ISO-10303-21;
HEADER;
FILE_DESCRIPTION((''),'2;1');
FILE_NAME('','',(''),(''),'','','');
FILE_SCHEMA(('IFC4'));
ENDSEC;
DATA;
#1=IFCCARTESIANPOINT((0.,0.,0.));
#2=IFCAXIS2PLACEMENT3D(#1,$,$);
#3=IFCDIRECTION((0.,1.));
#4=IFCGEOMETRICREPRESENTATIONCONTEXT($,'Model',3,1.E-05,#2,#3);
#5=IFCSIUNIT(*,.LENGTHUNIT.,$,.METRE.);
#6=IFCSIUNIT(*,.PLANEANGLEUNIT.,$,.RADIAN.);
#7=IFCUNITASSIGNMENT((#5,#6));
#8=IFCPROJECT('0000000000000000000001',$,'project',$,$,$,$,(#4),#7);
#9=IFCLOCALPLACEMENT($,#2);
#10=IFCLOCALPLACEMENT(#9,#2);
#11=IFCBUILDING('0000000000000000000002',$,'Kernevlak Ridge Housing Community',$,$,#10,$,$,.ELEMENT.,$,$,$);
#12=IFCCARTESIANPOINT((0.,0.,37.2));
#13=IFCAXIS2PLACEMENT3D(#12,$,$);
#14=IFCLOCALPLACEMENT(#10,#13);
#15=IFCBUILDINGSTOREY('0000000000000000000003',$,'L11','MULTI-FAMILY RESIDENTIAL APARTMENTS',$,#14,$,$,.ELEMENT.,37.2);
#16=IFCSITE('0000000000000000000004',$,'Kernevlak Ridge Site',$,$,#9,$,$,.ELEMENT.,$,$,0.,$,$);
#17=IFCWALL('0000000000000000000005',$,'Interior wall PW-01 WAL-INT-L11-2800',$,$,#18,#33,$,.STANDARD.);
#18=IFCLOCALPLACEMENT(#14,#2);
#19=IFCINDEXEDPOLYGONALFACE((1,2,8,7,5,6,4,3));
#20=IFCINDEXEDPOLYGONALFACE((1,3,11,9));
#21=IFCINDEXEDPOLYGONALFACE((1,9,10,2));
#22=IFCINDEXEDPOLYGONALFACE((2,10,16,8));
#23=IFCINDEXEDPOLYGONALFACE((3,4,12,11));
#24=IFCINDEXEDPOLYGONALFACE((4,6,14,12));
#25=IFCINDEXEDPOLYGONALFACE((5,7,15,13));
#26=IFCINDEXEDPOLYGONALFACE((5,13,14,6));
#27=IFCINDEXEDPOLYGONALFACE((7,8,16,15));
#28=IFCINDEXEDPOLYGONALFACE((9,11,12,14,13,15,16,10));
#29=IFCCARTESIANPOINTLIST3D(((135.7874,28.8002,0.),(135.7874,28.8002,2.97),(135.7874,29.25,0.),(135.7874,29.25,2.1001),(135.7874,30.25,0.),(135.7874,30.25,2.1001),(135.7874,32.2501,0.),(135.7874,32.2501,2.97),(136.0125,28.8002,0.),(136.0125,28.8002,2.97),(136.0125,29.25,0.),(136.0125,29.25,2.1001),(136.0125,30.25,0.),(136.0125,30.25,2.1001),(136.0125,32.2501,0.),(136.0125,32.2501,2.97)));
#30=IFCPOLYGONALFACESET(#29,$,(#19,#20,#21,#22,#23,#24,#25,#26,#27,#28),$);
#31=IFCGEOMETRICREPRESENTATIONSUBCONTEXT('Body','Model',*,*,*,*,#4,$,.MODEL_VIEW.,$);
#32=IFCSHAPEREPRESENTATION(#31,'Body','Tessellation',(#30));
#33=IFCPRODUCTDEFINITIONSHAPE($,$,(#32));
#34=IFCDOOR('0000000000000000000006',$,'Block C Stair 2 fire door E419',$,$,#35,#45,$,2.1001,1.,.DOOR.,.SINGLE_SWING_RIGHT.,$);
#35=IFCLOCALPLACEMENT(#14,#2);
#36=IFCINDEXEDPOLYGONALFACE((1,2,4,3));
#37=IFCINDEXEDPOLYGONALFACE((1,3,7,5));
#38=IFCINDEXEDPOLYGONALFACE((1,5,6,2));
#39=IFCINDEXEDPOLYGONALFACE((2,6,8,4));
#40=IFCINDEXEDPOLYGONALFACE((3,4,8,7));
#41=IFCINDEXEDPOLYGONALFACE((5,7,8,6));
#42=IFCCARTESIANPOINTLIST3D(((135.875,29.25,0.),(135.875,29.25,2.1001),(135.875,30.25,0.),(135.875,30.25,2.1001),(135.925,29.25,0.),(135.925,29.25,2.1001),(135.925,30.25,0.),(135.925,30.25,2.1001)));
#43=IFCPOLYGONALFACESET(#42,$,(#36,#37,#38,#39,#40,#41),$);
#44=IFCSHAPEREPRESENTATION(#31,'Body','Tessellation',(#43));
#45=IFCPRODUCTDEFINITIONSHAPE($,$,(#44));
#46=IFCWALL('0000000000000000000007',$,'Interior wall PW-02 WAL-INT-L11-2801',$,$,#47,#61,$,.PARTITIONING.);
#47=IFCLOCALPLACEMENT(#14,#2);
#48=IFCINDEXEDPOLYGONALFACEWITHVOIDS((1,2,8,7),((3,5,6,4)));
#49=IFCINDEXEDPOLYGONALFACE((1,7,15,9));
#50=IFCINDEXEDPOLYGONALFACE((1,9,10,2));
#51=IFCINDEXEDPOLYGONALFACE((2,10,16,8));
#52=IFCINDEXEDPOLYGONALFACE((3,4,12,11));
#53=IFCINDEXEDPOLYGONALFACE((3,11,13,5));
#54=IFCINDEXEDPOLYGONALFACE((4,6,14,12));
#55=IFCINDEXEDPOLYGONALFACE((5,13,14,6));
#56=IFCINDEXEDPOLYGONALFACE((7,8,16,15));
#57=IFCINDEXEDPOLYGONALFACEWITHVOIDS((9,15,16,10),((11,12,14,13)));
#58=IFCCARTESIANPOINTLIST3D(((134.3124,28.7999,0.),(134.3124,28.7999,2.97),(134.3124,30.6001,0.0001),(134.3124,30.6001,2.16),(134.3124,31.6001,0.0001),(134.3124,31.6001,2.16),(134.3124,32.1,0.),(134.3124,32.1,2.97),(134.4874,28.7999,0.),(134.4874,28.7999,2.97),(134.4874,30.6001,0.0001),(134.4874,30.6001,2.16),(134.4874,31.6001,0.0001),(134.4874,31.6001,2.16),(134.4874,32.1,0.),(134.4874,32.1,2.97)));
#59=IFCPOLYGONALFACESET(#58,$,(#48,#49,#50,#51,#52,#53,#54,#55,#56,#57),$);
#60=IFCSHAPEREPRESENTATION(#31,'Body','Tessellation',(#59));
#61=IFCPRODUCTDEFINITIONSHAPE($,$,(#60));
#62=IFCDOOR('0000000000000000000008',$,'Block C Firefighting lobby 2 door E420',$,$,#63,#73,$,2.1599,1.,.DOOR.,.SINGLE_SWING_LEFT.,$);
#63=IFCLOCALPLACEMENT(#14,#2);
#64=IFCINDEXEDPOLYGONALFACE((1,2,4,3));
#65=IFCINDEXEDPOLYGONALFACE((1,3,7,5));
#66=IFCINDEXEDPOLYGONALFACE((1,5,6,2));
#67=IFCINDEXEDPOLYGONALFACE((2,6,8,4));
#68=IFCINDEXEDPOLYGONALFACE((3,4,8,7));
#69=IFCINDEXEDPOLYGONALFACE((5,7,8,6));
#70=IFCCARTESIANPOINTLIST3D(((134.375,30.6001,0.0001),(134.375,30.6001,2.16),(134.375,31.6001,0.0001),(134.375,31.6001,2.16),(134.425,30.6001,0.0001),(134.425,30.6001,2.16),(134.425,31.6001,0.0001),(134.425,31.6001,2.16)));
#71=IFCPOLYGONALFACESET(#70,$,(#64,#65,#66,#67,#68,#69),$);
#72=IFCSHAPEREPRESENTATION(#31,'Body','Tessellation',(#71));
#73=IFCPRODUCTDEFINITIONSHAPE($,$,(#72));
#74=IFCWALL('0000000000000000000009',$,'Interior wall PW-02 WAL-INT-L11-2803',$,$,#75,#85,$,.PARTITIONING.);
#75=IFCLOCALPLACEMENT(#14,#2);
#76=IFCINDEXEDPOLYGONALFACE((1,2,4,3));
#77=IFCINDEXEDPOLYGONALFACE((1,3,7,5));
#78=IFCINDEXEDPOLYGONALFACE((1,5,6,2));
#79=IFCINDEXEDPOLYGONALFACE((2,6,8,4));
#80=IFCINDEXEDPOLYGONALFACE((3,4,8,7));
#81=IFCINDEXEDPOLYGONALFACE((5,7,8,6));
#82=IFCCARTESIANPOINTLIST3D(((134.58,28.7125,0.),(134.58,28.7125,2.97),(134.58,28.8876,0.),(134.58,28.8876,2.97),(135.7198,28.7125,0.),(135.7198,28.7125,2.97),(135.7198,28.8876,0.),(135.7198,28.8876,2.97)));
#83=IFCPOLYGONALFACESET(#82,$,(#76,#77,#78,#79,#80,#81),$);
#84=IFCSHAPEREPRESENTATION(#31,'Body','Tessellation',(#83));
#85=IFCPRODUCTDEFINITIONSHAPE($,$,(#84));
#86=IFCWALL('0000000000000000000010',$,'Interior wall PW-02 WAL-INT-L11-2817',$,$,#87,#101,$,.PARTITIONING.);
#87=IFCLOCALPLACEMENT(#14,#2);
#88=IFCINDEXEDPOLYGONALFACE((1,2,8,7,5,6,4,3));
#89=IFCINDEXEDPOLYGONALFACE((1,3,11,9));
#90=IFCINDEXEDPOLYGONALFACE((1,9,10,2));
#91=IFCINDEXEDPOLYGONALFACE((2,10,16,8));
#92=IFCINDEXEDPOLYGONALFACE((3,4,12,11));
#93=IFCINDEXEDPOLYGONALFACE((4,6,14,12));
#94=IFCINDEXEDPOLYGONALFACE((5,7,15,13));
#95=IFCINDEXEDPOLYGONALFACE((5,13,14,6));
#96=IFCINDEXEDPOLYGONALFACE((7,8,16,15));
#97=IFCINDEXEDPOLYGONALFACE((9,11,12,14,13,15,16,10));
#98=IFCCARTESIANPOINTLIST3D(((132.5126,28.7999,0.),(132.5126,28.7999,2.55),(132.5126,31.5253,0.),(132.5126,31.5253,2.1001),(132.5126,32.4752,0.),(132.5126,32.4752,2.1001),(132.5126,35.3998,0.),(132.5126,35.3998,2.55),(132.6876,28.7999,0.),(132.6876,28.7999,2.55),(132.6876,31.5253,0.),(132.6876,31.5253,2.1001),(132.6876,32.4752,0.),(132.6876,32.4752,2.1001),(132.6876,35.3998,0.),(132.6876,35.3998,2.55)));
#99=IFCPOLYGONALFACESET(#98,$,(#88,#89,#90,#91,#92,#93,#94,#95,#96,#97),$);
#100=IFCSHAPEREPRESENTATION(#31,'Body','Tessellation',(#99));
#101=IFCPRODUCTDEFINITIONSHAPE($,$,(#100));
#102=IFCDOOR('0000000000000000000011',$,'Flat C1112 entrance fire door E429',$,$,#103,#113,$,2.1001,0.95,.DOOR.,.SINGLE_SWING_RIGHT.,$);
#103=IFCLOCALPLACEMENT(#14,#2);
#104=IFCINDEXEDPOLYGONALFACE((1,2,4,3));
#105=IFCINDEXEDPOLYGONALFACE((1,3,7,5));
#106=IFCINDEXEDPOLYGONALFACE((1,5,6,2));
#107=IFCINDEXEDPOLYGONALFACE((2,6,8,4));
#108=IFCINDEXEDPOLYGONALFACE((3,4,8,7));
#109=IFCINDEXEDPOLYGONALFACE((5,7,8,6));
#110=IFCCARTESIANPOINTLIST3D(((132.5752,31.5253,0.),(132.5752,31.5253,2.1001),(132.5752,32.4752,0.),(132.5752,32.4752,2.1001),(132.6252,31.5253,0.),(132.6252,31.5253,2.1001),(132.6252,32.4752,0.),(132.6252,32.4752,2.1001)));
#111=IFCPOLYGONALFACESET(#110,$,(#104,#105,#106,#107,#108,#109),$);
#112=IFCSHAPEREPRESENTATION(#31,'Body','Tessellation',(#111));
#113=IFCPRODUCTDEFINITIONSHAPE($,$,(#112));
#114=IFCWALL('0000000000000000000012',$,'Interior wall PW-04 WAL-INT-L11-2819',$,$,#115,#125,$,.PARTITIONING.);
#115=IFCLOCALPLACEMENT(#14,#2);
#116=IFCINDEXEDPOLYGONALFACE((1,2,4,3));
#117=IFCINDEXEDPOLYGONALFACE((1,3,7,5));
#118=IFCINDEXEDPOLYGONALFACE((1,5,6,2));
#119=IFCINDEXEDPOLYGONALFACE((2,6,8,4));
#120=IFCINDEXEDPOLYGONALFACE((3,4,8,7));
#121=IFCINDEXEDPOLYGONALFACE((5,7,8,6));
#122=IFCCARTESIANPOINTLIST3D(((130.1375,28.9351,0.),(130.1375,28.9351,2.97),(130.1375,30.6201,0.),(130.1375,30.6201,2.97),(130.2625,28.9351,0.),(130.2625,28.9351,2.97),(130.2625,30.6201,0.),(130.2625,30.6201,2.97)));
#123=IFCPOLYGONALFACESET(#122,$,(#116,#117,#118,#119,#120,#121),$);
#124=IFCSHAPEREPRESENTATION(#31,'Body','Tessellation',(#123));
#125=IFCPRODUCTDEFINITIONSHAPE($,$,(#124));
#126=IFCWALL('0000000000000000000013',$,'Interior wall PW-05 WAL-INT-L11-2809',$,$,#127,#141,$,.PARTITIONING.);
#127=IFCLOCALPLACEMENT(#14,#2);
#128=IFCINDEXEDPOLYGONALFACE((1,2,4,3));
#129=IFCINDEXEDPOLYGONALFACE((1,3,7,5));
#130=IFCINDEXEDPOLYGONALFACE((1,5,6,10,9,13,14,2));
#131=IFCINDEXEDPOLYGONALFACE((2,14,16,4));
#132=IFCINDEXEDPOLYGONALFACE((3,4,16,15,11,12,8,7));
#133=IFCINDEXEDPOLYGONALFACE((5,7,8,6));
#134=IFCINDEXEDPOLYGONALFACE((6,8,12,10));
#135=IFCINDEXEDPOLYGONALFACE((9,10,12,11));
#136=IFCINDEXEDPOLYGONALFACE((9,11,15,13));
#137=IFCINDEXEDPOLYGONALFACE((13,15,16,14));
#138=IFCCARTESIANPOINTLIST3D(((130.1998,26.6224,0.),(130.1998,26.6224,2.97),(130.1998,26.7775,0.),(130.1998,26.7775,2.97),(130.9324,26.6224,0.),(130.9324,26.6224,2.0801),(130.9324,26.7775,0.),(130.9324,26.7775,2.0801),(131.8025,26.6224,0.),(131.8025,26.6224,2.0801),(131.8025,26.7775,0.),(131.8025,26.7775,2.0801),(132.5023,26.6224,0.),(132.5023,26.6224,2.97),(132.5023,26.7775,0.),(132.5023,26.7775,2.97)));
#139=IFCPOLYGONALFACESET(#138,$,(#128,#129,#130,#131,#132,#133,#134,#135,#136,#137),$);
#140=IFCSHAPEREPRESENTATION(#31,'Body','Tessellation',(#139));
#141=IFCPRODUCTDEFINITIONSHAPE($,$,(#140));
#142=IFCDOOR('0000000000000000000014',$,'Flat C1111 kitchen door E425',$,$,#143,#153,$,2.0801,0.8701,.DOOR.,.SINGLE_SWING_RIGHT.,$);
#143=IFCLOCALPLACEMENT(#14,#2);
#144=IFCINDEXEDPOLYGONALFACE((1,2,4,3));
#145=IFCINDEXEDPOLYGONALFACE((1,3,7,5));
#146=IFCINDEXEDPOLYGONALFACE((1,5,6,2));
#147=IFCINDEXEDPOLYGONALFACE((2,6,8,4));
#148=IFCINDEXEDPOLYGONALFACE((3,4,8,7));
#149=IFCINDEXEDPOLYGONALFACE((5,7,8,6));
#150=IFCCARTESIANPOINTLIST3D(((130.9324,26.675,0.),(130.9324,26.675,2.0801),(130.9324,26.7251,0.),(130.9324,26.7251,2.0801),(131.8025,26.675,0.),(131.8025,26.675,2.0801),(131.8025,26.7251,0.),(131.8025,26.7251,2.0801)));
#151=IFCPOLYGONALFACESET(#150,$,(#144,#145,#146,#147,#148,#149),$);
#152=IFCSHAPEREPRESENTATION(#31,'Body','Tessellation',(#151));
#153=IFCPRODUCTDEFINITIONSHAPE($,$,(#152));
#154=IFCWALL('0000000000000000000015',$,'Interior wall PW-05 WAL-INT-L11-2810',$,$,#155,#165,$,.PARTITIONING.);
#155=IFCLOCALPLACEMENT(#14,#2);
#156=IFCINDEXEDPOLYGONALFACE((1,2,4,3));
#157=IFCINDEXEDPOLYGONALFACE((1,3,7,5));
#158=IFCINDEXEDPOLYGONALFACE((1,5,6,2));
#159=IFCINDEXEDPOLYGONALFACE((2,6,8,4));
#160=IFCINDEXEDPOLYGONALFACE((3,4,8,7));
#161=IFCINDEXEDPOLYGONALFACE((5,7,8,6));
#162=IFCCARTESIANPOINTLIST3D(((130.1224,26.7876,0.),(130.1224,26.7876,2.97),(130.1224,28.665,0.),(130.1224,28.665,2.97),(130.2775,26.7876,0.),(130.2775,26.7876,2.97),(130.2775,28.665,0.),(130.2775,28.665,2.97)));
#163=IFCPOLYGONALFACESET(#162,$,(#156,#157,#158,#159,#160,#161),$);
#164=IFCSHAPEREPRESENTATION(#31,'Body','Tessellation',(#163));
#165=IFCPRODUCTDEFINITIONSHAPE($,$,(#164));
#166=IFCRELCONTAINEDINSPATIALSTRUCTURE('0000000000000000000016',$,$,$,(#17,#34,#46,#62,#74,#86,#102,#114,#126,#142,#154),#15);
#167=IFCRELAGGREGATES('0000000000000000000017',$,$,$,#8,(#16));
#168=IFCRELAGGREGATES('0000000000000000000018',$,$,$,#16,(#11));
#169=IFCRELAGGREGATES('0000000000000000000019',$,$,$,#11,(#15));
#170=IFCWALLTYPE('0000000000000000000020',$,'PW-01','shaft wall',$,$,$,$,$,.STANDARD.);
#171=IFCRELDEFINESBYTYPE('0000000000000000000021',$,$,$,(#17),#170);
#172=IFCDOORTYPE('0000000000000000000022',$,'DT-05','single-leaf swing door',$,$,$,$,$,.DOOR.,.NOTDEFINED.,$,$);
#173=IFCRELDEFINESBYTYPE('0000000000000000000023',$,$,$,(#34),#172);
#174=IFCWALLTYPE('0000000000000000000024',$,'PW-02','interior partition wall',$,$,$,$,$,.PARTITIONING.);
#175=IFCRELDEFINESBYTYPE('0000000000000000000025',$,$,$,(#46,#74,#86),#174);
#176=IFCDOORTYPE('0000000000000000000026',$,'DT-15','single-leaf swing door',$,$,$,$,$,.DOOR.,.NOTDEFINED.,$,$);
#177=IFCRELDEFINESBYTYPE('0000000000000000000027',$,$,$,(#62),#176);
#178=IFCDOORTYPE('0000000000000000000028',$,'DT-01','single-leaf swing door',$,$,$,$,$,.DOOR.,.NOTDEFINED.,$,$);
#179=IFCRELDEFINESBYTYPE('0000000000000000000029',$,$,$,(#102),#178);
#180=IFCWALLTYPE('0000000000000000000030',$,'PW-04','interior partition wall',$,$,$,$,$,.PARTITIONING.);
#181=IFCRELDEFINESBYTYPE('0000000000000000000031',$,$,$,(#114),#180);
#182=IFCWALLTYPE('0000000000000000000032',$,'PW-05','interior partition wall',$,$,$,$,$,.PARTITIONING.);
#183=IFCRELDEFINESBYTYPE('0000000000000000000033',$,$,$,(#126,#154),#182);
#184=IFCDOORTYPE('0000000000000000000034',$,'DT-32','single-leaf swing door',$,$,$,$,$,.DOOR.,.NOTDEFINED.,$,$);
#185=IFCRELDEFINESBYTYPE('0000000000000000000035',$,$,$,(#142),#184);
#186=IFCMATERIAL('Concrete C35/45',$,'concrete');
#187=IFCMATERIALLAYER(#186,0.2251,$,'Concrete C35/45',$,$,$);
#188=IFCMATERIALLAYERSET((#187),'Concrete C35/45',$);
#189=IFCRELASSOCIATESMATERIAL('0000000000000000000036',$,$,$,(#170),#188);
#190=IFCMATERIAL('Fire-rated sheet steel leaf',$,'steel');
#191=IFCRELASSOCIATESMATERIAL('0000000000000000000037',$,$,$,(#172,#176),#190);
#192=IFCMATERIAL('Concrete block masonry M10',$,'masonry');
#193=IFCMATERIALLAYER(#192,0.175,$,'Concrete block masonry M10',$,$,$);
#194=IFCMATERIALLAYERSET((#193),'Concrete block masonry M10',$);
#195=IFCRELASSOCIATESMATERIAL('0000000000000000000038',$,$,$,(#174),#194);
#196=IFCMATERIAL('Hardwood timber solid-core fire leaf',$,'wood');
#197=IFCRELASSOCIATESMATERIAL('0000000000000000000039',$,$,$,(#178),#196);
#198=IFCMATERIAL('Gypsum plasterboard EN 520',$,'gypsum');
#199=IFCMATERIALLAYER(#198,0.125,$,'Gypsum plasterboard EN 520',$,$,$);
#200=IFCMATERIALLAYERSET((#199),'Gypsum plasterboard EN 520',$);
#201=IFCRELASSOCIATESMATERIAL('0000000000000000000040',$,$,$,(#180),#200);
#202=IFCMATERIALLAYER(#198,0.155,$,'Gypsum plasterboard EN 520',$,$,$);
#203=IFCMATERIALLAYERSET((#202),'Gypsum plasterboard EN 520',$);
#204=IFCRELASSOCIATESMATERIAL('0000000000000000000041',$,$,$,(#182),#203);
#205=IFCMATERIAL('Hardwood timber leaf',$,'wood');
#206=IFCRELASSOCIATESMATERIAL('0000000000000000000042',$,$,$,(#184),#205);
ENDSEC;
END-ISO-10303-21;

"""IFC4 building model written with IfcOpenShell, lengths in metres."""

from ifc_helpers import new_model, si_unit, direction, frame, frame_2d, origin, place, context, subcontext, project, spatial, rectangle, extrude, material, layer, layer_set, type_object, element, fill, save


model = new_model("IFC4")

# Units and contexts
model_context = context("Model", 3, precision=1e-05, world=origin(), true_north=direction((0.0, 1.0)))
body_context = subcontext(model_context, "Body", "Model", "MODEL_VIEW")
ifc_project = project(units=[si_unit("LENGTHUNIT", "METRE"), si_unit("PLANEANGLEUNIT", "RADIAN")], contexts=[model_context])

# Site, building, storey
site_placement = place(None, origin())
site = spatial("IfcSite", under=ifc_project, at=site_placement, Name="Kernevlak Ridge Site", CompositionType="ELEMENT", RefElevation=0.0)
building_placement = place(site_placement, origin())
building = spatial("IfcBuilding", under=site, at=building_placement, Name="Kernevlak Ridge Housing Community", CompositionType="ELEMENT")
storey_placement = place(building_placement, frame((0.0, 0.0, 37.2)))
storey = spatial("IfcBuildingStorey", under=building, at=storey_placement, Name="L11", Description="MULTI-FAMILY RESIDENTIAL APARTMENTS", CompositionType="ELEMENT", Elevation=37.2)

# Shared definitions
ifc_material_1 = material(Name="Concrete C35/45", Category="concrete")

# Shared definitions
ifc_material_2 = material(Name="Concrete block masonry M10", Category="masonry")

# Shared definitions
ifc_layer_1 = layer(ifc_material_1, 0.2251, Name="Concrete C35/45")
ifc_layer_set_1 = layer_set([ifc_layer_1], Name="Concrete C35/45")
wall_type_1 = type_object("IfcWallType", Name="PW-01", Description="shaft wall", PredefinedType="STANDARD", material=ifc_layer_set_1)

# Walls, openings, doors
wall_1_placement = place(storey_placement, frame((135.8999, 28.8, 0.0), z_axis=(0.0, 0.0, 1.0), x_axis=(0.0, 1.0, 0.0)))
wall_1 = element("IfcWall", 1, at=wall_1_placement, inside=storey, type_object=wall_type_1, Name="Interior wall PW-01 WAL-INT-L11-2800", PredefinedType="STANDARD", context=body_context, shape_type="SweptSolid", body=[
    extrude(rectangle(XDim=3.45, YDim=0.2251, at=frame_2d((1.7251, 0.0))), origin(), (0.0, 0.0, 1.0), 2.97),
])
opening_1_placement = place(wall_1_placement, frame((0.45, 0.0, 0.0)))
opening_1 = element("IfcOpeningElement", 2, at=opening_1_placement, cuts=wall_1, PredefinedType="OPENING", context=body_context, shape_type="SweptSolid", body=[
    extrude(rectangle(XDim=1.0, YDim=2.1001, at=frame_2d((0.5, 1.05))), frame((0.0, 0.1226, 0.0), z_axis=(0.0, -1.0, 0.0), x_axis=(1.0, 0.0, 0.0)), (0.0, 0.0, 1.0), 0.2451),
])
ifc_material_3 = material(Name="Fire-rated sheet steel leaf", Category="steel")
door_type_1 = type_object("IfcDoorType", Name="DT-05", Description="single-leaf swing door", OperationType="NOTDEFINED", PredefinedType="DOOR", material=ifc_material_3)
door_1_placement = place(opening_1_placement, origin())
door_1 = element("IfcDoor", 3, at=door_1_placement, inside=storey, type_object=door_type_1, Name="Block C Stair 2 fire door E419", OperationType="SINGLE_SWING_RIGHT", OverallHeight=2.1001, OverallWidth=1.0, PredefinedType="DOOR", context=body_context, shape_type="SweptSolid", body=[
    extrude(rectangle(XDim=1.0, YDim=2.1001, at=frame_2d((0.5, 1.05))), frame((0.0, 0.0249, 0.0), z_axis=(0.0, -1.0, 0.0), x_axis=(1.0, 0.0, 0.0)), (0.0, 0.0, 1.0), 0.05),
])
fill(opening_1, door_1)
ifc_layer_2 = layer(ifc_material_2, 0.175, Name="Concrete block masonry M10")
ifc_layer_set_2 = layer_set([ifc_layer_2], Name="Concrete block masonry M10")
wall_type_2 = type_object("IfcWallType", Name="PW-02", Description="interior partition wall", PredefinedType="PARTITIONING", material=ifc_layer_set_2)
wall_2_placement = place(storey_placement, frame((134.3999, 28.8, 0.0), z_axis=(0.0, 0.0, 1.0), x_axis=(0.0, 1.0, 0.0)))
wall_2 = element("IfcWall", 4, at=wall_2_placement, inside=storey, type_object=wall_type_2, Name="Interior wall PW-02 WAL-INT-L11-2801", PredefinedType="PARTITIONING", context=body_context, shape_type="SweptSolid", body=[
    extrude(rectangle(XDim=3.3, YDim=0.175, at=frame_2d((1.6499, 0.0))), origin(), (0.0, 0.0, 1.0), 2.97),
])
opening_2_placement = place(wall_2_placement, frame((1.8, 0.0, 0.0)))
opening_2 = element("IfcOpeningElement", 5, at=opening_2_placement, cuts=wall_2, PredefinedType="OPENING", context=body_context, shape_type="SweptSolid", body=[
    extrude(rectangle(XDim=1.0, YDim=2.1599, at=frame_2d((0.5, 1.0801))), frame((0.0, 0.0974, 0.0), z_axis=(0.0, -1.0, 0.0), x_axis=(1.0, 0.0, 0.0)), (0.0, 0.0, 1.0), 0.1951),
])
door_type_2 = type_object("IfcDoorType", Name="DT-15", Description="single-leaf swing door", OperationType="NOTDEFINED", PredefinedType="DOOR", material=ifc_material_3)
door_2_placement = place(opening_2_placement, origin())
door_2 = element("IfcDoor", 6, at=door_2_placement, inside=storey, type_object=door_type_2, Name="Block C Firefighting lobby 2 door E420", OperationType="SINGLE_SWING_LEFT", OverallHeight=2.1599, OverallWidth=1.0, PredefinedType="DOOR", context=body_context, shape_type="SweptSolid", body=[
    extrude(rectangle(XDim=1.0, YDim=2.1599, at=frame_2d((0.5, 1.0801))), frame((0.0, 0.0249, 0.0), z_axis=(0.0, -1.0, 0.0), x_axis=(1.0, 0.0, 0.0)), (0.0, 0.0, 1.0), 0.05),
])
fill(opening_2, door_2)

# Wall
wall_3_placement = place(storey_placement, frame((134.5801, 28.8, 0.0), z_axis=(0.0, 0.0, 1.0), x_axis=(1.0, 0.0, 0.0)))
element("IfcWall", 7, at=wall_3_placement, inside=storey, type_object=wall_type_2, Name="Interior wall PW-02 WAL-INT-L11-2803", PredefinedType="PARTITIONING", context=body_context, shape_type="SweptSolid", body=[
    extrude(rectangle(XDim=1.1399, YDim=0.175, at=frame_2d((0.5698, 0.0))), origin(), (0.0, 0.0, 1.0), 2.97),
])

# Wall, opening, door
wall_4_placement = place(storey_placement, frame((132.6001, 28.8, 0.0), z_axis=(0.0, 0.0, 1.0), x_axis=(0.0, 1.0, 0.0)))
wall_4 = element("IfcWall", 8, at=wall_4_placement, inside=storey, type_object=wall_type_2, Name="Interior wall PW-02 WAL-INT-L11-2817", PredefinedType="PARTITIONING", context=body_context, shape_type="SweptSolid", body=[
    extrude(rectangle(XDim=6.5999, YDim=0.175, at=frame_2d((3.2998, 0.0))), origin(), (0.0, 0.0, 1.0), 2.55),
])
opening_3_placement = place(wall_4_placement, frame((2.7251, 0.0, 0.0)))
opening_3 = element("IfcOpeningElement", 9, at=opening_3_placement, cuts=wall_4, PredefinedType="OPENING", context=body_context, shape_type="SweptSolid", body=[
    extrude(rectangle(XDim=0.95, YDim=2.1001, at=frame_2d((0.4751, 1.05))), frame((0.0, 0.0974, 0.0), z_axis=(0.0, -1.0, 0.0), x_axis=(1.0, 0.0, 0.0)), (0.0, 0.0, 1.0), 0.1951),
])
ifc_material_4 = material(Name="Hardwood timber solid-core fire leaf", Category="wood")
door_type_3 = type_object("IfcDoorType", Name="DT-01", Description="single-leaf swing door", OperationType="NOTDEFINED", PredefinedType="DOOR", material=ifc_material_4)
door_3_placement = place(opening_3_placement, origin())
door_3 = element("IfcDoor", 10, at=door_3_placement, inside=storey, type_object=door_type_3, Name="Flat C1112 entrance fire door E429", OperationType="SINGLE_SWING_RIGHT", OverallHeight=2.1001, OverallWidth=0.95, PredefinedType="DOOR", context=body_context, shape_type="SweptSolid", body=[
    extrude(rectangle(XDim=0.95, YDim=2.1001, at=frame_2d((0.4751, 1.05))), frame((0.0, 0.0249, 0.0), z_axis=(0.0, -1.0, 0.0), x_axis=(1.0, 0.0, 0.0)), (0.0, 0.0, 1.0), 0.05),
])
fill(opening_3, door_3)

# Wall
ifc_material_5 = material(Name="Gypsum plasterboard EN 520", Category="gypsum")
ifc_layer_3 = layer(ifc_material_5, 0.125, Name="Gypsum plasterboard EN 520")
ifc_layer_set_3 = layer_set([ifc_layer_3], Name="Gypsum plasterboard EN 520")
wall_type_3 = type_object("IfcWallType", Name="PW-04", Description="interior partition wall", PredefinedType="PARTITIONING", material=ifc_layer_set_3)
wall_5_placement = place(storey_placement, frame((130.2, 28.9351, 0.0), z_axis=(0.0, 0.0, 1.0), x_axis=(0.0, 1.0, 0.0)))
element("IfcWall", 11, at=wall_5_placement, inside=storey, type_object=wall_type_3, Name="Interior wall PW-04 WAL-INT-L11-2819", PredefinedType="PARTITIONING", context=body_context, shape_type="SweptSolid", body=[
    extrude(rectangle(XDim=1.6851, YDim=0.125, at=frame_2d((0.8425, 0.0))), origin(), (0.0, 0.0, 1.0), 2.97),
])

# Wall, opening, door
ifc_layer_4 = layer(ifc_material_5, 0.155, Name="Gypsum plasterboard EN 520")
ifc_layer_set_4 = layer_set([ifc_layer_4], Name="Gypsum plasterboard EN 520")
wall_type_4 = type_object("IfcWallType", Name="PW-05", Description="interior partition wall", PredefinedType="PARTITIONING", material=ifc_layer_set_4)
wall_6_placement = place(storey_placement, frame((132.5024, 26.7, 0.0), z_axis=(0.0, 0.0, 1.0), x_axis=(-1.0, 0.0, 0.0)))
wall_6 = element("IfcWall", 12, at=wall_6_placement, inside=storey, type_object=wall_type_4, Name="Interior wall PW-05 WAL-INT-L11-2809", PredefinedType="PARTITIONING", context=body_context, shape_type="SweptSolid", body=[
    extrude(rectangle(XDim=2.3025, YDim=0.155, at=frame_2d((1.1514, 0.0))), origin(), (0.0, 0.0, 1.0), 2.97),
])
opening_4_placement = place(wall_6_placement, frame((0.7, 0.0, 0.0)))
opening_4 = element("IfcOpeningElement", 13, at=opening_4_placement, cuts=wall_6, PredefinedType="OPENING", context=body_context, shape_type="SweptSolid", body=[
    extrude(rectangle(XDim=0.8701, YDim=2.0801, at=frame_2d((0.4351, 1.04))), frame((0.0, 0.0874, 0.0), z_axis=(0.0, -1.0, 0.0), x_axis=(1.0, 0.0, 0.0)), (0.0, 0.0, 1.0), 0.175),
])
ifc_material_6 = material(Name="Hardwood timber leaf", Category="wood")
door_type_4 = type_object("IfcDoorType", Name="DT-32", Description="single-leaf swing door", OperationType="NOTDEFINED", PredefinedType="DOOR", material=ifc_material_6)
door_4_placement = place(opening_4_placement, origin())
door_4 = element("IfcDoor", 14, at=door_4_placement, inside=storey, type_object=door_type_4, Name="Flat C1111 kitchen door E425", OperationType="SINGLE_SWING_RIGHT", OverallHeight=2.0801, OverallWidth=0.8701, PredefinedType="DOOR", context=body_context, shape_type="SweptSolid", body=[
    extrude(rectangle(XDim=0.8701, YDim=2.0801, at=frame_2d((0.4351, 1.04))), frame((0.0, 0.0249, 0.0), z_axis=(0.0, -1.0, 0.0), x_axis=(1.0, 0.0, 0.0)), (0.0, 0.0, 1.0), 0.05),
])
fill(opening_4, door_4)

# Wall
wall_7_placement = place(storey_placement, frame((130.2, 26.7876, 0.0), z_axis=(0.0, 0.0, 1.0), x_axis=(0.0, 1.0, 0.0)))
element("IfcWall", 15, at=wall_7_placement, inside=storey, type_object=wall_type_4, Name="Interior wall PW-05 WAL-INT-L11-2810", PredefinedType="PARTITIONING", context=body_context, shape_type="SweptSolid", body=[
    extrude(rectangle(XDim=1.8774, YDim=0.155, at=frame_2d((0.9387, 0.0))), origin(), (0.0, 0.0, 1.0), 2.97),
])

save(model, "model.ifc")
